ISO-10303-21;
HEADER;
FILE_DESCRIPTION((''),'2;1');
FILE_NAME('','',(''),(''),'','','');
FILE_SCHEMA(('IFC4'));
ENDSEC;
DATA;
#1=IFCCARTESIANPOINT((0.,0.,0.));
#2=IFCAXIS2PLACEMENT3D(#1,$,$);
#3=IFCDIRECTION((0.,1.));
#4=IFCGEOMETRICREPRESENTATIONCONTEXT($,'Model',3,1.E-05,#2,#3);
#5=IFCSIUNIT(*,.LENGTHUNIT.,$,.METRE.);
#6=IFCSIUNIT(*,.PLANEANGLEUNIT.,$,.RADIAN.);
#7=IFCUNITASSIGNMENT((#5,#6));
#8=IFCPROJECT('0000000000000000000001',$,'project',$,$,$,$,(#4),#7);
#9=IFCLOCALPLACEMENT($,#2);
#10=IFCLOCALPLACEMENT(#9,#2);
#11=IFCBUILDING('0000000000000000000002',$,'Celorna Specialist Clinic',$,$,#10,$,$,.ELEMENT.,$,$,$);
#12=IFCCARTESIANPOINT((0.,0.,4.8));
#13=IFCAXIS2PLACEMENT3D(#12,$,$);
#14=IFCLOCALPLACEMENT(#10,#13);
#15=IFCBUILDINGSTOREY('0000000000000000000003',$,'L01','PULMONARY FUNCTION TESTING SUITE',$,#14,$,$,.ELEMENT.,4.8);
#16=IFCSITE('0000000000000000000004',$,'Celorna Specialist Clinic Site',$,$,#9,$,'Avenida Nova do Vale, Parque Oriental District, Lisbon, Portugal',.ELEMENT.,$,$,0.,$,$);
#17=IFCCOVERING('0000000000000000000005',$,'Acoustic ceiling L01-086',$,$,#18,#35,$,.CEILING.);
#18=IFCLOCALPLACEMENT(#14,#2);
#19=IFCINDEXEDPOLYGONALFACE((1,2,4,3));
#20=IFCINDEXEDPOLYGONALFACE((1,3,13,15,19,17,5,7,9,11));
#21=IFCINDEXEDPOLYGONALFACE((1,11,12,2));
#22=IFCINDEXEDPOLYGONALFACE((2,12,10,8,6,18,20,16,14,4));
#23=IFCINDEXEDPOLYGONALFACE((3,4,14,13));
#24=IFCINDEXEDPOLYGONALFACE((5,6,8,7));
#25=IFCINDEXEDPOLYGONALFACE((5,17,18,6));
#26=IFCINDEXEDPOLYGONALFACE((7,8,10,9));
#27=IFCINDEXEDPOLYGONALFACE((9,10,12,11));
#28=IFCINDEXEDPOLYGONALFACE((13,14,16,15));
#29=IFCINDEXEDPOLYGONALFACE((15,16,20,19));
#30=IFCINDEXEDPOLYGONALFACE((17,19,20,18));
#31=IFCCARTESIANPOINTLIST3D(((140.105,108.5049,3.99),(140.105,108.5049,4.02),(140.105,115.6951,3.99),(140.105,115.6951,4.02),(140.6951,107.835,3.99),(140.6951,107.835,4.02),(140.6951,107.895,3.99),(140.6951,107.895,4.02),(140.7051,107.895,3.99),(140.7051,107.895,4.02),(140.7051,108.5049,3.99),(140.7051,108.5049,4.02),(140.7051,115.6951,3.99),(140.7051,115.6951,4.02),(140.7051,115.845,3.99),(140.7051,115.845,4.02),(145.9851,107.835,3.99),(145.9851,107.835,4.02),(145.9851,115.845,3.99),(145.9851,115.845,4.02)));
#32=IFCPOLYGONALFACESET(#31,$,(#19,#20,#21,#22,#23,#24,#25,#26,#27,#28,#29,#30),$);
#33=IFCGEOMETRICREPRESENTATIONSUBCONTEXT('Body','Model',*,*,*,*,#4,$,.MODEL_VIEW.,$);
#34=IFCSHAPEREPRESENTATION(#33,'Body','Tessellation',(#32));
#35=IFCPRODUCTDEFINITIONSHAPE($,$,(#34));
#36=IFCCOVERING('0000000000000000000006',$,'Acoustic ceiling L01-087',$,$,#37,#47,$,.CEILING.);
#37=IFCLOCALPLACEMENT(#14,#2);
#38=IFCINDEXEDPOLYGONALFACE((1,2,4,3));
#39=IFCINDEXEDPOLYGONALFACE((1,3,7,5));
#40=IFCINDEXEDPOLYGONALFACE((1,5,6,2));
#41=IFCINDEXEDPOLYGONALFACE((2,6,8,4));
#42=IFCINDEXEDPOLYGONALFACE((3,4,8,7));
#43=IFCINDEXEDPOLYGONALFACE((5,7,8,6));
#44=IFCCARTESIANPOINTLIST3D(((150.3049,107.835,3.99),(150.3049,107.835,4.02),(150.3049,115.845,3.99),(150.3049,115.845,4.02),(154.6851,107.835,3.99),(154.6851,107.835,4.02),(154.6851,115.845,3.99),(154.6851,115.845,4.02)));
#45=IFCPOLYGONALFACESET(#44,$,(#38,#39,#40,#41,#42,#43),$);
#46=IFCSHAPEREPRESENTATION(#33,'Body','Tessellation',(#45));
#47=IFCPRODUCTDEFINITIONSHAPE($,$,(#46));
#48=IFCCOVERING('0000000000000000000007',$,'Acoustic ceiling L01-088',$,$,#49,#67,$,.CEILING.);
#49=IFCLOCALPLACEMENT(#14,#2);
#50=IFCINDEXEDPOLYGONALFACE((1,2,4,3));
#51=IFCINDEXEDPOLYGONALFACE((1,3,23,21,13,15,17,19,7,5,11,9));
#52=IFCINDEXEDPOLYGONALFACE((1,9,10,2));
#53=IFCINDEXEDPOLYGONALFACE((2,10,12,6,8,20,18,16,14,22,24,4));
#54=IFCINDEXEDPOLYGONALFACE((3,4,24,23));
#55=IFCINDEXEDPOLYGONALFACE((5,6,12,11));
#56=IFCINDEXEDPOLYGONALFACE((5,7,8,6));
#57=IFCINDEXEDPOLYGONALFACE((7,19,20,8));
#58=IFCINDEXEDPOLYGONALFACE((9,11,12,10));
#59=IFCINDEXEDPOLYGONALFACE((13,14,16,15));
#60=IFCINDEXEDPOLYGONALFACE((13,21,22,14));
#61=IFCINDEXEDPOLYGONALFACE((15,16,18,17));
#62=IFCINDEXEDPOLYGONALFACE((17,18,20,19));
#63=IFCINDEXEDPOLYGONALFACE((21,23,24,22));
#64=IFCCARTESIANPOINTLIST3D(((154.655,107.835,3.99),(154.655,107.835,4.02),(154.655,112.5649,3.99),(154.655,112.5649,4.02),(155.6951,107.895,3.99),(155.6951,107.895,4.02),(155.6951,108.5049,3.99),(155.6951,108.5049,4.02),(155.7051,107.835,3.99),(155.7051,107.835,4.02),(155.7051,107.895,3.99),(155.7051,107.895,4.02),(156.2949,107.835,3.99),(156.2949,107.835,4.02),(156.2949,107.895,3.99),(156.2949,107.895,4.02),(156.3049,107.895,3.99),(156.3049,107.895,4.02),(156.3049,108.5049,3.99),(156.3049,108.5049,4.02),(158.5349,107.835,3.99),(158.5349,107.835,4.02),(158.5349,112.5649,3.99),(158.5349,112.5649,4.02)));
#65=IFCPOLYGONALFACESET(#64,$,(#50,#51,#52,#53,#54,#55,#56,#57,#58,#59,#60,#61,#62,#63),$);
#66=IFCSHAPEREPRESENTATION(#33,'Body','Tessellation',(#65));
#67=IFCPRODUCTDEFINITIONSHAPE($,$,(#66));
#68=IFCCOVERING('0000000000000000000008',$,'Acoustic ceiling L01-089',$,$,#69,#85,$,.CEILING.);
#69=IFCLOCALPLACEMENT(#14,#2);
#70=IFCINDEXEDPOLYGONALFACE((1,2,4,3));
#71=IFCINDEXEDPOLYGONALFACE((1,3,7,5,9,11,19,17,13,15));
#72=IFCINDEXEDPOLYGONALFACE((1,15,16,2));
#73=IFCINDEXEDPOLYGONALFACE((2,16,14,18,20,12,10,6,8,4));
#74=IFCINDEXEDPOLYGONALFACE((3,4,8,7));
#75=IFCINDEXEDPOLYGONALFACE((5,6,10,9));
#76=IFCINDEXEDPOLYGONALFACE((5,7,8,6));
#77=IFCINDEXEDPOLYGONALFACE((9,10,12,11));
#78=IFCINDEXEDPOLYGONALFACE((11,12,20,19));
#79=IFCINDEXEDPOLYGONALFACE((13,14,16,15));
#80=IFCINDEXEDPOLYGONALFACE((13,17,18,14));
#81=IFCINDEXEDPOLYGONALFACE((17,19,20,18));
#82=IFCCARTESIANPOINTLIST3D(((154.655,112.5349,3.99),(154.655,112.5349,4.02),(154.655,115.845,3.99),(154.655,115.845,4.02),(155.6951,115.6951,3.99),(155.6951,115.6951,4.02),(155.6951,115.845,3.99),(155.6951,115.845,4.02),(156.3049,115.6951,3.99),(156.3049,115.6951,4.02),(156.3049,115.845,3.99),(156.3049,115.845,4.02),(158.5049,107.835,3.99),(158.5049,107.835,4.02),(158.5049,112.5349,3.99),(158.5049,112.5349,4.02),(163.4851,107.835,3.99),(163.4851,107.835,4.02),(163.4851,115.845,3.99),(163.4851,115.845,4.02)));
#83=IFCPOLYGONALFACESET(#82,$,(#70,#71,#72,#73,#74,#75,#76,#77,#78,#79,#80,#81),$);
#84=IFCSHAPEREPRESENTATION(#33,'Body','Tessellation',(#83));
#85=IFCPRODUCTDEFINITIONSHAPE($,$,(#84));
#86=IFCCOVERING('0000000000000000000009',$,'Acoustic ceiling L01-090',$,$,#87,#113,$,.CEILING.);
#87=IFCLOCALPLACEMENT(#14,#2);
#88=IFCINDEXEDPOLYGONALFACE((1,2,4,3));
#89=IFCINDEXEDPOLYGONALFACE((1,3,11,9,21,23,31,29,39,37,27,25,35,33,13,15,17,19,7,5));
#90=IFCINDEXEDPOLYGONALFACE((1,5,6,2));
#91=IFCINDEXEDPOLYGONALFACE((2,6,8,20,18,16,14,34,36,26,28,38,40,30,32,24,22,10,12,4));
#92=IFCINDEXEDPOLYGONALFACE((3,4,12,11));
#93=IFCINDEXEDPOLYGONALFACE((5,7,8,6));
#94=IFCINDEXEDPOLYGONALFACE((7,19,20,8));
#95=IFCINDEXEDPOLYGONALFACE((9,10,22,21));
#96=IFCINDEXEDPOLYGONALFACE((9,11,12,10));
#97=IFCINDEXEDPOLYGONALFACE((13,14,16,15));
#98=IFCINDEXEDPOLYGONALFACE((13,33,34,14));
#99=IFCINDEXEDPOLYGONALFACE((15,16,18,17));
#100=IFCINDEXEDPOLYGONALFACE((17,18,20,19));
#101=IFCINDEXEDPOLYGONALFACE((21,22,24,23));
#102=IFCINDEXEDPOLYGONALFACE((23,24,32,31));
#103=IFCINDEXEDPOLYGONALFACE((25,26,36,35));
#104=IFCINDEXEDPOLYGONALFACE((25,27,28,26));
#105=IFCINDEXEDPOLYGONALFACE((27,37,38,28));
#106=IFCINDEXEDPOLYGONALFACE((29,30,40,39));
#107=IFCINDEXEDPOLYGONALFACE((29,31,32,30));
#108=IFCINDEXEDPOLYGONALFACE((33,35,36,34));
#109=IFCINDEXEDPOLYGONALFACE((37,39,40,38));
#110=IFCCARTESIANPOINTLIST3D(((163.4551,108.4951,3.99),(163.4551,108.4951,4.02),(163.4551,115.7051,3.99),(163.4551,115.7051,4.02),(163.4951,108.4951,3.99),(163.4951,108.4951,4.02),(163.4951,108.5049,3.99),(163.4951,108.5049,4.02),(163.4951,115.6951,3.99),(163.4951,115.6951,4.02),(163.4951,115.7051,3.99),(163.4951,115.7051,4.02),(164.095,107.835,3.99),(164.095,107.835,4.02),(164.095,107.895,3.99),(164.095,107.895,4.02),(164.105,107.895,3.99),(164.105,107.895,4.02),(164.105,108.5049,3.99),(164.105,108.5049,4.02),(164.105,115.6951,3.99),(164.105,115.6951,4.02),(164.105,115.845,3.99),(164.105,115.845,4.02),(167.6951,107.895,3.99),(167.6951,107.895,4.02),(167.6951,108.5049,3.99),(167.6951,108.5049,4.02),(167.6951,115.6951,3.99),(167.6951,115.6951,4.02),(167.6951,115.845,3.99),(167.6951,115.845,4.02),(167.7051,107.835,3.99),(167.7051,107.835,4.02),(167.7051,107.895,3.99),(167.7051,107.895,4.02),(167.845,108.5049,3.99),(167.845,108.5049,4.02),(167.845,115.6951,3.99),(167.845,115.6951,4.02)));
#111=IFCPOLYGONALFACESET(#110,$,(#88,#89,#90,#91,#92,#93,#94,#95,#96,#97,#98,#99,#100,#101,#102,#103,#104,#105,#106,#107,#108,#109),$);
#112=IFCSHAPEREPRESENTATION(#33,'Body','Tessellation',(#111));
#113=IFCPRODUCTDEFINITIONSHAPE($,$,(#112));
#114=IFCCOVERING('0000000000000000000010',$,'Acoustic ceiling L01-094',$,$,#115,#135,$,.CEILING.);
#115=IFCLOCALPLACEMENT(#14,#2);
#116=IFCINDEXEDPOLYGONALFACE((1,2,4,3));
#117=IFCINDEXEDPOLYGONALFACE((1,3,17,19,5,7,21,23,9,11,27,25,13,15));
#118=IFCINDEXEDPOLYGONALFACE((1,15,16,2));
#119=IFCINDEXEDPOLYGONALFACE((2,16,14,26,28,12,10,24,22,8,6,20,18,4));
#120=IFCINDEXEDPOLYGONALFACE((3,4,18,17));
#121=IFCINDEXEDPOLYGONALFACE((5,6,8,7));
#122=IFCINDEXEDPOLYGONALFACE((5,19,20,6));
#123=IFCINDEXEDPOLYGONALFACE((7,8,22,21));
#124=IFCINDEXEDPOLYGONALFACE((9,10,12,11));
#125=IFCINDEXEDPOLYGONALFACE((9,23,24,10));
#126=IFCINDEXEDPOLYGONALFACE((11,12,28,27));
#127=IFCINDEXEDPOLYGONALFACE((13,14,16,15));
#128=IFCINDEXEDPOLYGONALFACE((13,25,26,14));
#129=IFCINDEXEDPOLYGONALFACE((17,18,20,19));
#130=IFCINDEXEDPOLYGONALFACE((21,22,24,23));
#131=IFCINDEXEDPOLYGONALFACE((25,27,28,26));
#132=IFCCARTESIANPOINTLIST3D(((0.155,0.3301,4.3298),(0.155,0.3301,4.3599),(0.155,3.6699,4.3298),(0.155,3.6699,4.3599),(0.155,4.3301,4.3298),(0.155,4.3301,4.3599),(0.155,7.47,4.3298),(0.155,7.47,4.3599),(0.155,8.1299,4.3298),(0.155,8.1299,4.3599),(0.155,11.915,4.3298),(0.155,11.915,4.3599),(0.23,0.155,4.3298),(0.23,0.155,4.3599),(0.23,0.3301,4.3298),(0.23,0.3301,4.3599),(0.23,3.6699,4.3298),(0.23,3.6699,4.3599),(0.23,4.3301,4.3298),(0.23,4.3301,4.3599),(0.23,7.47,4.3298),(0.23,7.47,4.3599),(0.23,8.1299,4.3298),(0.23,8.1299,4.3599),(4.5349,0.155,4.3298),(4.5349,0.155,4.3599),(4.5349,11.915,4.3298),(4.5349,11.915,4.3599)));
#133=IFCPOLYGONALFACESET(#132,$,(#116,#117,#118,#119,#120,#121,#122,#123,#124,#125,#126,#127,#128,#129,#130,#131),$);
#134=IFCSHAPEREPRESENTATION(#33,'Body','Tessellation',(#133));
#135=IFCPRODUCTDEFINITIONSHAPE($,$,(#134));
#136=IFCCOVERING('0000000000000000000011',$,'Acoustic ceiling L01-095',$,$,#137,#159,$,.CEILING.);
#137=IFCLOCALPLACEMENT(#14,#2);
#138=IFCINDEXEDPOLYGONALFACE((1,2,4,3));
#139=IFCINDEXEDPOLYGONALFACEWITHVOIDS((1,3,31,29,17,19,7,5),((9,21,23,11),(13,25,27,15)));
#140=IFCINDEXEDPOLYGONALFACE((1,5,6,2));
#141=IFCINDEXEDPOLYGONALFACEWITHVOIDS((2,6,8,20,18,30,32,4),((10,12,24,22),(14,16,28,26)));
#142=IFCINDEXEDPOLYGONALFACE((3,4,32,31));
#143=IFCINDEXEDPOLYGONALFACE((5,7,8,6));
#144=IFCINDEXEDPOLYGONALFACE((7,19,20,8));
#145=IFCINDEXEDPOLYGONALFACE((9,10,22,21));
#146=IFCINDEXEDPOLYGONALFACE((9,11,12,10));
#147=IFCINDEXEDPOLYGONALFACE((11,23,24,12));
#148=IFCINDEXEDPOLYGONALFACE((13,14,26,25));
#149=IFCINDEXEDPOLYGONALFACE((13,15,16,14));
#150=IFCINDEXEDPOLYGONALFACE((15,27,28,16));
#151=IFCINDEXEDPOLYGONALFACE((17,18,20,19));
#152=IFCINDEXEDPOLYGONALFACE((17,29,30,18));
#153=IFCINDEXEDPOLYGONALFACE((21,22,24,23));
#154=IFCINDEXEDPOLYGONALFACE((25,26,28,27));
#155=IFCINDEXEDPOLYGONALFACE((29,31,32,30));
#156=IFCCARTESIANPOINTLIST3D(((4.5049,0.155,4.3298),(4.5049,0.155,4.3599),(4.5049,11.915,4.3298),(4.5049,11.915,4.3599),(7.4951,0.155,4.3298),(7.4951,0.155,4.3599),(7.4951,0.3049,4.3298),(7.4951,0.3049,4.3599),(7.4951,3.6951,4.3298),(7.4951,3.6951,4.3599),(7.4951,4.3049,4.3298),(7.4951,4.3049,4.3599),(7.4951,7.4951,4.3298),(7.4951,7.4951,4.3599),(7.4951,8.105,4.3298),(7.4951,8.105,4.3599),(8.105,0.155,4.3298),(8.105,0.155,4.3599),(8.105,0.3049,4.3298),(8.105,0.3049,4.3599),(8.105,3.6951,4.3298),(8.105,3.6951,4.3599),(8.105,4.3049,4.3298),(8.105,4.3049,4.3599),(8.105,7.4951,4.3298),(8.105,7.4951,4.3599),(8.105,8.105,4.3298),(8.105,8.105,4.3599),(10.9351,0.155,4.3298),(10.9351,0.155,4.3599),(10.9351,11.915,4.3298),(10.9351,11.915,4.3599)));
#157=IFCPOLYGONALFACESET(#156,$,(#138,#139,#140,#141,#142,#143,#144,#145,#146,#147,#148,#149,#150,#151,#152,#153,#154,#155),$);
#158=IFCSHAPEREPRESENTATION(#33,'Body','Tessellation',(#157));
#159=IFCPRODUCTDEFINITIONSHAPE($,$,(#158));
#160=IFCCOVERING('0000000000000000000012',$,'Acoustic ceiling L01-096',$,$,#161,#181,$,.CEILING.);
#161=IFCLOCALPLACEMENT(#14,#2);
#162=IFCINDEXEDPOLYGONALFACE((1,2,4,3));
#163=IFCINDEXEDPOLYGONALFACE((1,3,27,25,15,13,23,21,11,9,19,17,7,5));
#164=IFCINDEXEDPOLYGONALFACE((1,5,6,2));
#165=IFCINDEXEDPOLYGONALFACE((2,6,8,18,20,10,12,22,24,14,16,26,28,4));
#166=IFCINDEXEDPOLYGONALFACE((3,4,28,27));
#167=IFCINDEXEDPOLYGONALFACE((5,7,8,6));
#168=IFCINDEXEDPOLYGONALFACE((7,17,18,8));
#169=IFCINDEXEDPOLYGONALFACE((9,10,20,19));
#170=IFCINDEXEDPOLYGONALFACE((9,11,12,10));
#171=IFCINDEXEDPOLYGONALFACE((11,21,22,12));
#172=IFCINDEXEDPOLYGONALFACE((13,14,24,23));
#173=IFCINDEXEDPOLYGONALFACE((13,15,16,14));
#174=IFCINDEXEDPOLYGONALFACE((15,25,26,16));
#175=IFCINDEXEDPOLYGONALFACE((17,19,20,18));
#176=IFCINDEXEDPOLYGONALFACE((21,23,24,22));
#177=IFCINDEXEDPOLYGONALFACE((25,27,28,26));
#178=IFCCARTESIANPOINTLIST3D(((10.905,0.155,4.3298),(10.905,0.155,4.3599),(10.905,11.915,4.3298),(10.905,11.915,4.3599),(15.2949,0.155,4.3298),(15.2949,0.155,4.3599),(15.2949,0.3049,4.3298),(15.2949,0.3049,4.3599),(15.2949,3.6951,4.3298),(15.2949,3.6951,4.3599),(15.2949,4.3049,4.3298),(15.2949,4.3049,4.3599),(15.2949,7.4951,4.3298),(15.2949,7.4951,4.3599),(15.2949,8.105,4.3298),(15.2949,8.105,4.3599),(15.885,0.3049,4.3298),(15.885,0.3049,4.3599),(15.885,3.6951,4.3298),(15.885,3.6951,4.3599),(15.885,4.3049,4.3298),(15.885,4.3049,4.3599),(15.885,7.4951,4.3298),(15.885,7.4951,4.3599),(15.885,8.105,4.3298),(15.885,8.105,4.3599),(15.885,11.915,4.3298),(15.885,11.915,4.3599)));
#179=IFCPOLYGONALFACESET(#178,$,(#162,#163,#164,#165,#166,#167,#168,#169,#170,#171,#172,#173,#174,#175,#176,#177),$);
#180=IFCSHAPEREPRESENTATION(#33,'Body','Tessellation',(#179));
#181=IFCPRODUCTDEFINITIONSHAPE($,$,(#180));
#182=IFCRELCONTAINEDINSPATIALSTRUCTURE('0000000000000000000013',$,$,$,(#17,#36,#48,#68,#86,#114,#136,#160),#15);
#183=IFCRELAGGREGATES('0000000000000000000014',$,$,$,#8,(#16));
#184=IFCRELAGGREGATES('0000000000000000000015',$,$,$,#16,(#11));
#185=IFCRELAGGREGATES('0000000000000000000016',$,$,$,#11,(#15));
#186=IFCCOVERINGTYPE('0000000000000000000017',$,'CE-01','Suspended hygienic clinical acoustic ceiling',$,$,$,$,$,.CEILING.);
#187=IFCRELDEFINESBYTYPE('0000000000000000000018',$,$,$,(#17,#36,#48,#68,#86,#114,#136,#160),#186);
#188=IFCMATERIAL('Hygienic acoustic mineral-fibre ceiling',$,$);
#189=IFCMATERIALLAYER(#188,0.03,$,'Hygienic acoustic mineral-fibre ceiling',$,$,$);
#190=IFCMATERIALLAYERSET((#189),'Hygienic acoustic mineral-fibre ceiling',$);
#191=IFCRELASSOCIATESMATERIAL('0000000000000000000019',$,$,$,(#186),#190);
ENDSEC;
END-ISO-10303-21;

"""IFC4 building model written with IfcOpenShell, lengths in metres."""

from ifc_helpers import new_model, si_unit, direction, frame, origin, place, context, subcontext, project, spatial, polyline, outline, extrude, material, layer, layer_set, type_object, element, save


model = new_model("IFC4")

# Units and contexts
model_context = context("Model", 3, precision=1e-05, world=origin(), true_north=direction((0.0, 1.0)))
body_context = subcontext(model_context, "Body", "Model", "MODEL_VIEW")
ifc_project = project(units=[si_unit("LENGTHUNIT", "METRE"), si_unit("PLANEANGLEUNIT", "RADIAN")], contexts=[model_context])

# Site, building, storey
site_placement = place(None, origin())
site = spatial("IfcSite", under=ifc_project, at=site_placement, Name="Celorna Specialist Clinic Site", LongName="Avenida Nova do Vale, Parque Oriental District, Lisbon, Portugal", CompositionType="ELEMENT", RefElevation=0.0)
building_placement = place(site_placement, origin())
building = spatial("IfcBuilding", under=site, at=building_placement, Name="Celorna Specialist Clinic", CompositionType="ELEMENT")
storey_placement = place(building_placement, frame((0.0, 0.0, 4.8)))
storey = spatial("IfcBuildingStorey", under=building, at=storey_placement, Name="L01", Description="PULMONARY FUNCTION TESTING SUITE", CompositionType="ELEMENT", Elevation=4.8)

# Coverings
ifc_material_1 = material(Name="Hygienic acoustic mineral-fibre ceiling")
ifc_layer_1 = layer(ifc_material_1, 0.03, Name="Hygienic acoustic mineral-fibre ceiling")
ifc_layer_set_1 = layer_set([ifc_layer_1], Name="Hygienic acoustic mineral-fibre ceiling")
covering_type_1 = type_object("IfcCoveringType", Name="CE-01", Description="Suspended hygienic clinical acoustic ceiling", PredefinedType="CEILING", material=ifc_layer_set_1)
covering_1_placement = place(storey_placement, frame((0.0, 0.0, 3.99)))
element("IfcCovering", 1, at=covering_1_placement, inside=storey, type_object=covering_type_1, Name="Acoustic ceiling L01-086", PredefinedType="CEILING", context=body_context, shape_type="SweptSolid", body=[
    extrude(outline(polyline([(140.6951, 107.895), (140.7051, 107.895), (140.7051, 108.5049), (140.105, 108.5049), (140.105, 115.6951), (140.7051, 115.6951), (140.7051, 115.845), (145.9851, 115.845), (145.9851, 107.835), (140.6951, 107.835), (140.6951, 107.895)])), origin(), (0.0, 0.0, 1.0), 0.03),
])
covering_2_placement = place(storey_placement, frame((0.0, 0.0, 3.99)))
element("IfcCovering", 2, at=covering_2_placement, inside=storey, type_object=covering_type_1, Name="Acoustic ceiling L01-087", PredefinedType="CEILING", context=body_context, shape_type="SweptSolid", body=[
    extrude(outline(polyline([(154.6851, 115.845), (154.6851, 107.835), (150.3049, 107.835), (150.3049, 115.845), (154.6851, 115.845)])), origin(), (0.0, 0.0, 1.0), 0.03),
])
covering_3_placement = place(storey_placement, frame((0.0, 0.0, 3.99)))
element("IfcCovering", 3, at=covering_3_placement, inside=storey, type_object=covering_type_1, Name="Acoustic ceiling L01-088", PredefinedType="CEILING", context=body_context, shape_type="SweptSolid", body=[
    extrude(outline(polyline([(158.5349, 112.5649), (158.5349, 107.835), (156.2949, 107.835), (156.2949, 107.895), (156.3049, 107.895), (156.3049, 108.5049), (155.6951, 108.5049), (155.6951, 107.895), (155.7051, 107.895), (155.7051, 107.835), (154.655, 107.835), (154.655, 112.5649), (158.5349, 112.5649)])), origin(), (0.0, 0.0, 1.0), 0.03),
])
covering_4_placement = place(storey_placement, frame((0.0, 0.0, 3.99)))
element("IfcCovering", 4, at=covering_4_placement, inside=storey, type_object=covering_type_1, Name="Acoustic ceiling L01-089", PredefinedType="CEILING", context=body_context, shape_type="SweptSolid", body=[
    extrude(outline(polyline([(158.5049, 112.5349), (154.655, 112.5349), (154.655, 115.845), (155.6951, 115.845), (155.6951, 115.6951), (156.3049, 115.6951), (156.3049, 115.845), (163.4851, 115.845), (163.4851, 107.835), (158.5049, 107.835), (158.5049, 112.5349)])), origin(), (0.0, 0.0, 1.0), 0.03),
])
covering_5_placement = place(storey_placement, frame((0.0, 0.0, 3.99)))
element("IfcCovering", 5, at=covering_5_placement, inside=storey, type_object=covering_type_1, Name="Acoustic ceiling L01-090", PredefinedType="CEILING", context=body_context, shape_type="SweptSolid", body=[
    extrude(outline(polyline([(163.4951, 115.7051), (163.4951, 115.6951), (164.105, 115.6951), (164.105, 115.845), (167.6951, 115.845), (167.6951, 115.6951), (167.845, 115.6951), (167.845, 108.5049), (167.6951, 108.5049), (167.6951, 107.895), (167.7051, 107.895), (167.7051, 107.835), (164.095, 107.835), (164.095, 107.895), (164.105, 107.895), (164.105, 108.5049), (163.4951, 108.5049), (163.4951, 108.4951), (163.4551, 108.4951), (163.4551, 115.7051), (163.4951, 115.7051)])), origin(), (0.0, 0.0, 1.0), 0.03),
])
covering_6_placement = place(storey_placement, frame((0.0, 0.0, 4.3298)))
element("IfcCovering", 6, at=covering_6_placement, inside=storey, type_object=covering_type_1, Name="Acoustic ceiling L01-094", PredefinedType="CEILING", context=body_context, shape_type="SweptSolid", body=[
    extrude(outline(polyline([(0.155, 3.6699), (0.23, 3.6699), (0.23, 4.3301), (0.155, 4.3301), (0.155, 7.47), (0.23, 7.47), (0.23, 8.1299), (0.155, 8.1299), (0.155, 11.915), (4.5349, 11.915), (4.5349, 0.155), (0.23, 0.155), (0.23, 0.3301), (0.155, 0.3301), (0.155, 3.6699)])), origin(), (0.0, 0.0, 1.0), 0.03),
])
covering_7_placement = place(storey_placement, frame((0.0, 0.0, 4.3298)))
element("IfcCovering", 7, at=covering_7_placement, inside=storey, type_object=covering_type_1, Name="Acoustic ceiling L01-095", PredefinedType="CEILING", context=body_context, shape_type="SweptSolid", body=[
    extrude(outline(polyline([(10.9351, 11.915), (10.9351, 0.155), (8.105, 0.155), (8.105, 0.3049), (7.4951, 0.3049), (7.4951, 0.155), (4.5049, 0.155), (4.5049, 11.915), (10.9351, 11.915)]), holes=[polyline([(8.105, 3.6951), (8.105, 4.3049), (7.4951, 4.3049), (7.4951, 3.6951), (8.105, 3.6951)]), polyline([(8.105, 7.4951), (8.105, 8.105), (7.4951, 8.105), (7.4951, 7.4951), (8.105, 7.4951)])]), origin(), (0.0, 0.0, 1.0), 0.03),
])
covering_8_placement = place(storey_placement, frame((0.0, 0.0, 4.3298)))
element("IfcCovering", 8, at=covering_8_placement, inside=storey, type_object=covering_type_1, Name="Acoustic ceiling L01-096", PredefinedType="CEILING", context=body_context, shape_type="SweptSolid", body=[
    extrude(outline(polyline([(15.885, 11.915), (15.885, 8.105), (15.2949, 8.105), (15.2949, 7.4951), (15.885, 7.4951), (15.885, 4.3049), (15.2949, 4.3049), (15.2949, 3.6951), (15.885, 3.6951), (15.885, 0.3049), (15.2949, 0.3049), (15.2949, 0.155), (10.905, 0.155), (10.905, 11.915), (15.885, 11.915)])), origin(), (0.0, 0.0, 1.0), 0.03),
])

save(model, "model.ifc")
